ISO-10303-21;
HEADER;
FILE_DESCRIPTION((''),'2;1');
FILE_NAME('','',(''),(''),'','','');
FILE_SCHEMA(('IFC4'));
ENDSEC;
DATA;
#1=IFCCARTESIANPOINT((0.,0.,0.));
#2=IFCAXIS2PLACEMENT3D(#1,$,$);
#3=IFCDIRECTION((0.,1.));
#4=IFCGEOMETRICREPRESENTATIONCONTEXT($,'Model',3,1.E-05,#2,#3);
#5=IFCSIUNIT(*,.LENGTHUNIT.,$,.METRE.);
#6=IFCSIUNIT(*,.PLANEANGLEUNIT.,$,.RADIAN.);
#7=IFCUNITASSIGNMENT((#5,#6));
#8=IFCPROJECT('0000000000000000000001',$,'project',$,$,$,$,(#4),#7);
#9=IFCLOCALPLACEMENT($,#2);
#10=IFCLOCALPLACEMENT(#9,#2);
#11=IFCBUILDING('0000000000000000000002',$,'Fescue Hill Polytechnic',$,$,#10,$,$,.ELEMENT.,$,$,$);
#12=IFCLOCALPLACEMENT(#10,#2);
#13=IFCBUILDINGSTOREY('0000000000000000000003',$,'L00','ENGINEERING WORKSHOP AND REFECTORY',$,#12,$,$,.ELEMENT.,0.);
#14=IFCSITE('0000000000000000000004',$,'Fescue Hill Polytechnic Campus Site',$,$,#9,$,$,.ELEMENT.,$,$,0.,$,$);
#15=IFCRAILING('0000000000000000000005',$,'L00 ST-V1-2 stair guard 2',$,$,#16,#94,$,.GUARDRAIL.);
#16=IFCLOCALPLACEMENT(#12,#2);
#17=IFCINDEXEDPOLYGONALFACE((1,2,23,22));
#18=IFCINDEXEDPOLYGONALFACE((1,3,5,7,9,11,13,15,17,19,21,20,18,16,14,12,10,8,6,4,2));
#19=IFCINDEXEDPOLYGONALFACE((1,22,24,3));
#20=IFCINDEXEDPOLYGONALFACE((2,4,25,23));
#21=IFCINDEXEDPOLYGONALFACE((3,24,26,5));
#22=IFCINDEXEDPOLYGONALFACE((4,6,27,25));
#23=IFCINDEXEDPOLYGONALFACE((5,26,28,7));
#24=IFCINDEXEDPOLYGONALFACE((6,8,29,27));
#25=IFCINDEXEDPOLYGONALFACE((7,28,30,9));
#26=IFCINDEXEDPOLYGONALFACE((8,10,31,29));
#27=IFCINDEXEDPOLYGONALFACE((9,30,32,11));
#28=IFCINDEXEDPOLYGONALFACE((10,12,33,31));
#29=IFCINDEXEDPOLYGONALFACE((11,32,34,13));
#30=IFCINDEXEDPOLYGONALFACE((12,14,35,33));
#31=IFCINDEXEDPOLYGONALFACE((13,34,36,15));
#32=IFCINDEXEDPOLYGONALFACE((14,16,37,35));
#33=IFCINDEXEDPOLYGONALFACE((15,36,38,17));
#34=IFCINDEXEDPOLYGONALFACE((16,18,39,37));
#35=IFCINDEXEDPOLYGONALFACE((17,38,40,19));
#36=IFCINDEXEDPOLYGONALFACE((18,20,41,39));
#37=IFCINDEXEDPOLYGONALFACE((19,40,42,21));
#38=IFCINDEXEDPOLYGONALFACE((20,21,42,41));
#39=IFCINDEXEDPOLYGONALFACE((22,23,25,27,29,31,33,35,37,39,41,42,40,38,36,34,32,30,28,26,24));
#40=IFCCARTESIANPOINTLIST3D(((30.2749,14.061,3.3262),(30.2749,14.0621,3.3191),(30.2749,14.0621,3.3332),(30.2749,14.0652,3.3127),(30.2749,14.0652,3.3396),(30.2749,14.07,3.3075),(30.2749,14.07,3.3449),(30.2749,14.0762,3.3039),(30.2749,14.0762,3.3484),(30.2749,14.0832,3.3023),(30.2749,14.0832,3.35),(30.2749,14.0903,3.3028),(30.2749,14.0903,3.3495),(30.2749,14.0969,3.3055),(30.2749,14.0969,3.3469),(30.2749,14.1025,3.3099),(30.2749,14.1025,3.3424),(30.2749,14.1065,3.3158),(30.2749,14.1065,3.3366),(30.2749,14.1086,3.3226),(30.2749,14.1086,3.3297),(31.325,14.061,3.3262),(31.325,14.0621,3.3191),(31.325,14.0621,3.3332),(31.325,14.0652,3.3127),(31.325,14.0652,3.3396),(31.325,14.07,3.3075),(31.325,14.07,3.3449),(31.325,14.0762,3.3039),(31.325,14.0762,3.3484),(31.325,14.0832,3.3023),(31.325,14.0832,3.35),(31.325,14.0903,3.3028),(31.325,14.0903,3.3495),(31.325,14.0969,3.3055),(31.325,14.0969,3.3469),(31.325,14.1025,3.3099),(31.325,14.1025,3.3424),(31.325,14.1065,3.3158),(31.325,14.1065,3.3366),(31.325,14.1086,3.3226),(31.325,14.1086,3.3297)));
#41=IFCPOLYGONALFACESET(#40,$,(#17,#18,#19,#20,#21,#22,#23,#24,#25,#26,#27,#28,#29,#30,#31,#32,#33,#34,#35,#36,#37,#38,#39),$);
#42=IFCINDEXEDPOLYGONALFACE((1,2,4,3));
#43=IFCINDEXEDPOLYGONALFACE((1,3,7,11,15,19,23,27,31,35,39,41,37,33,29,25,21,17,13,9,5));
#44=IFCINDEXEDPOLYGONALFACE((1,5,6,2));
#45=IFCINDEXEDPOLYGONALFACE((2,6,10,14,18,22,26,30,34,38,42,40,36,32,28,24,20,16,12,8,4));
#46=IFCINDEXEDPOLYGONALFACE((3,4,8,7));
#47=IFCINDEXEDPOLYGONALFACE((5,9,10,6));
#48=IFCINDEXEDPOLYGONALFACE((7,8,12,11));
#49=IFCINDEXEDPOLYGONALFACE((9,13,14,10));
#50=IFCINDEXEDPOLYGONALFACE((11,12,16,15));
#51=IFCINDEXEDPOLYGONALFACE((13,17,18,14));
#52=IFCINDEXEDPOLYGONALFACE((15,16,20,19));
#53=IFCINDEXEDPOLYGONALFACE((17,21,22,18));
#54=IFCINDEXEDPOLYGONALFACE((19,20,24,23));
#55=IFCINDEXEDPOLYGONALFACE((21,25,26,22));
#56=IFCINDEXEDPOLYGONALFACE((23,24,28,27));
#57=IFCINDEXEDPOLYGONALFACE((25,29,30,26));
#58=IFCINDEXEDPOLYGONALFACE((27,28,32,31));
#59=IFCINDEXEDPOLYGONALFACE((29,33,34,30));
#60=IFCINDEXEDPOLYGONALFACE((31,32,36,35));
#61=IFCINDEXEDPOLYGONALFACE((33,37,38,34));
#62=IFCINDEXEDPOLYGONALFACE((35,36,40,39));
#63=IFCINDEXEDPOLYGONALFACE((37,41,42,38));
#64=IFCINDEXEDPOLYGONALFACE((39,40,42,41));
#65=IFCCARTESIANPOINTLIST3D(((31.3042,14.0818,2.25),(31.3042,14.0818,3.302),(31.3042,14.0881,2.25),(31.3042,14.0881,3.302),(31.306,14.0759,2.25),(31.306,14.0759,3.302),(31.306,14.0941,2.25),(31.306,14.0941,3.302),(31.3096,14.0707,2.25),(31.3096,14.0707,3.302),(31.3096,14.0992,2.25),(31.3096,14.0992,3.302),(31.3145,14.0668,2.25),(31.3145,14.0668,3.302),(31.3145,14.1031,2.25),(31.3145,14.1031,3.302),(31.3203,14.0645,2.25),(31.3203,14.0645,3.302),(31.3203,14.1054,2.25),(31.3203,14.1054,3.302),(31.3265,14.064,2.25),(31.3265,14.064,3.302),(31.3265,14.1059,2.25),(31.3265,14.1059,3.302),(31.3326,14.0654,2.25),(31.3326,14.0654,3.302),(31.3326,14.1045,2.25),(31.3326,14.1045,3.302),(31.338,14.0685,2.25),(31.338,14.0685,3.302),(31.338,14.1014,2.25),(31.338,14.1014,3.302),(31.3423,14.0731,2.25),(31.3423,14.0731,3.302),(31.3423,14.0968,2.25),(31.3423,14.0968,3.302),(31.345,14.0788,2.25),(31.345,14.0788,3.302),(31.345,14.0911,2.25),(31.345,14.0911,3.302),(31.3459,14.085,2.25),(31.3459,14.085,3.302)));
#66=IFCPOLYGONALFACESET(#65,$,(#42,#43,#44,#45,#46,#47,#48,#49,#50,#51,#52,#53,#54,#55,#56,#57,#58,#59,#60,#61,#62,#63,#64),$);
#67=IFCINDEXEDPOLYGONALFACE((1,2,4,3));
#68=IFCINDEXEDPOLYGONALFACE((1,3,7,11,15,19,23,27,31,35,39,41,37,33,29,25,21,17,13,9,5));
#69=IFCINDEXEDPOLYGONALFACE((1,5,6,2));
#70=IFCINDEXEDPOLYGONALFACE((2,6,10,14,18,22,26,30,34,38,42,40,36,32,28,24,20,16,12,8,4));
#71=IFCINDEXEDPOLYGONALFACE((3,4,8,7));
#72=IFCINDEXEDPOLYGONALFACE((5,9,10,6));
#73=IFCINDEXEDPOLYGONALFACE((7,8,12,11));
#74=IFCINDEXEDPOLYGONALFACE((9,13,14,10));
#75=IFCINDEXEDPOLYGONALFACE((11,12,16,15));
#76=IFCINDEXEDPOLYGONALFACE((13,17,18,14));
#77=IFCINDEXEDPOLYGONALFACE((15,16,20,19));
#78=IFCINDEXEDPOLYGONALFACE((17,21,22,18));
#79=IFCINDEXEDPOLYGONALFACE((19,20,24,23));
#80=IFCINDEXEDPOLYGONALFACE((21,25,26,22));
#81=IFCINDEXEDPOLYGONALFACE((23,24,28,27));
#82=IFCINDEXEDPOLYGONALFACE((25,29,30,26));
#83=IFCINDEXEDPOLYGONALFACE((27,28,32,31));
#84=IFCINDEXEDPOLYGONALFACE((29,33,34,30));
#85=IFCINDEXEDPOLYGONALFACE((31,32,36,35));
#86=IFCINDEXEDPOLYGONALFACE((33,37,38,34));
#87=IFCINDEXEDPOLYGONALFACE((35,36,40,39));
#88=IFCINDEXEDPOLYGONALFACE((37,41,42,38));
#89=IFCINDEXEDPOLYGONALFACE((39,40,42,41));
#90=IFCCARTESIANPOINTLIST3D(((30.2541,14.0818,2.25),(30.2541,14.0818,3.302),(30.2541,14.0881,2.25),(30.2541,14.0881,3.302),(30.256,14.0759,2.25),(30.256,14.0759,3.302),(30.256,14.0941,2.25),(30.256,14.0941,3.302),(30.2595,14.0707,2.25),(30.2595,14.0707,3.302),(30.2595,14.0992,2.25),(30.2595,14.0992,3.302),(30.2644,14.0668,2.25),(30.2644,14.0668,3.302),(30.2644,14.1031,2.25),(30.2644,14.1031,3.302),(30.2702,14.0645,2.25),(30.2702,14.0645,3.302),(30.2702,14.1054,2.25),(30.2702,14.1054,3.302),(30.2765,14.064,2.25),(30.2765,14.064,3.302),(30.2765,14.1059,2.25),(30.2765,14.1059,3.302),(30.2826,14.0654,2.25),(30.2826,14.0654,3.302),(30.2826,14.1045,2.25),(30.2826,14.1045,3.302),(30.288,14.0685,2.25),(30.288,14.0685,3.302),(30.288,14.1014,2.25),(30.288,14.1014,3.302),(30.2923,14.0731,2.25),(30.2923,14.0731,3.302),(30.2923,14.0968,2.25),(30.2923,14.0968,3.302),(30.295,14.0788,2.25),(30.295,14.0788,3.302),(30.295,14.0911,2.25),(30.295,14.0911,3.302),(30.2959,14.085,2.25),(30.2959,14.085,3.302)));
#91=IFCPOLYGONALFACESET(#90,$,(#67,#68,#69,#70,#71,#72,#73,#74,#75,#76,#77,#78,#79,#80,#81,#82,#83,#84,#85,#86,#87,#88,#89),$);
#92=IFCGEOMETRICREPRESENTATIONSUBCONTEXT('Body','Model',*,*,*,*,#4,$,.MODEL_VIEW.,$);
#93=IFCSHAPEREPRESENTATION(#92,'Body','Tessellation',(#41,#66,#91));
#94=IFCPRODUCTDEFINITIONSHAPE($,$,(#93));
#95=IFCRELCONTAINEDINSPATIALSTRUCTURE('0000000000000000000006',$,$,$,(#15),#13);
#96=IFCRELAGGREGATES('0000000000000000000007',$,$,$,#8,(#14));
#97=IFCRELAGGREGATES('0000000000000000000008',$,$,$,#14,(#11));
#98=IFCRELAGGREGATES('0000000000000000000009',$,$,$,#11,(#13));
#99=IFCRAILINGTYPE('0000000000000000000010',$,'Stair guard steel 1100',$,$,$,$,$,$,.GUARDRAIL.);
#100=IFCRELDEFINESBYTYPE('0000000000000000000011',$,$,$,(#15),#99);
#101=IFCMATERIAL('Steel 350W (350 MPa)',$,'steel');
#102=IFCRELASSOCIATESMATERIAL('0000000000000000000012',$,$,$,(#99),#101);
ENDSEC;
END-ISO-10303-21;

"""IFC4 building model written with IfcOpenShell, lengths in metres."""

from ifc_helpers import new_model, si_unit, direction, frame, origin, origin_2d, place, context, subcontext, project, spatial, circle, extrude, material, type_object, element, save


model = new_model("IFC4")

# Units and contexts
model_context = context("Model", 3, precision=1e-05, world=origin(), true_north=direction((0.0, 1.0)))
body_context = subcontext(model_context, "Body", "Model", "MODEL_VIEW")
ifc_project = project(units=[si_unit("LENGTHUNIT", "METRE"), si_unit("PLANEANGLEUNIT", "RADIAN")], contexts=[model_context])

# Site, building, storey
site_placement = place(None, origin())
site = spatial("IfcSite", under=ifc_project, at=site_placement, Name="Fescue Hill Polytechnic Campus Site", CompositionType="ELEMENT", RefElevation=0.0)
building_placement = place(site_placement, origin())
building = spatial("IfcBuilding", under=site, at=building_placement, Name="Fescue Hill Polytechnic", CompositionType="ELEMENT")
storey_placement = place(building_placement, origin())
storey = spatial("IfcBuildingStorey", under=building, at=storey_placement, Name="L00", Description="ENGINEERING WORKSHOP AND REFECTORY", CompositionType="ELEMENT", Elevation=0.0)

# Railing
ifc_material_1 = material(Name="Steel 350W (350 MPa)", Category="steel")
railing_type_1 = type_object("IfcRailingType", Name="Stair guard steel 1100", PredefinedType="GUARDRAIL", material=ifc_material_1)
railing_1_placement = place(storey_placement, frame((31.325, 14.085, 2.25)))
element("IfcRailing", 1, at=railing_1_placement, inside=storey, type_object=railing_type_1, Name="L00 ST-V1-2 stair guard 2", PredefinedType="GUARDRAIL", context=body_context, shape_type="SweptSolid", body=[
    extrude(circle(Radius=0.0239, at=origin_2d()), frame((0.0, 0.0, 1.0762), z_axis=(-1.0, 0.0, 0.0), x_axis=(0.0, -1.0, 0.0)), (0.0, 0.0, 1.0), 1.05),
    extrude(circle(Radius=0.021, at=origin_2d()), origin(), (0.0, 0.0, 1.0), 1.052),
    extrude(circle(Radius=0.021, at=origin_2d()), frame((-1.05, 0.0, 0.0)), (0.0, 0.0, 1.0), 1.052),
])

save(model, "model.ifc")
